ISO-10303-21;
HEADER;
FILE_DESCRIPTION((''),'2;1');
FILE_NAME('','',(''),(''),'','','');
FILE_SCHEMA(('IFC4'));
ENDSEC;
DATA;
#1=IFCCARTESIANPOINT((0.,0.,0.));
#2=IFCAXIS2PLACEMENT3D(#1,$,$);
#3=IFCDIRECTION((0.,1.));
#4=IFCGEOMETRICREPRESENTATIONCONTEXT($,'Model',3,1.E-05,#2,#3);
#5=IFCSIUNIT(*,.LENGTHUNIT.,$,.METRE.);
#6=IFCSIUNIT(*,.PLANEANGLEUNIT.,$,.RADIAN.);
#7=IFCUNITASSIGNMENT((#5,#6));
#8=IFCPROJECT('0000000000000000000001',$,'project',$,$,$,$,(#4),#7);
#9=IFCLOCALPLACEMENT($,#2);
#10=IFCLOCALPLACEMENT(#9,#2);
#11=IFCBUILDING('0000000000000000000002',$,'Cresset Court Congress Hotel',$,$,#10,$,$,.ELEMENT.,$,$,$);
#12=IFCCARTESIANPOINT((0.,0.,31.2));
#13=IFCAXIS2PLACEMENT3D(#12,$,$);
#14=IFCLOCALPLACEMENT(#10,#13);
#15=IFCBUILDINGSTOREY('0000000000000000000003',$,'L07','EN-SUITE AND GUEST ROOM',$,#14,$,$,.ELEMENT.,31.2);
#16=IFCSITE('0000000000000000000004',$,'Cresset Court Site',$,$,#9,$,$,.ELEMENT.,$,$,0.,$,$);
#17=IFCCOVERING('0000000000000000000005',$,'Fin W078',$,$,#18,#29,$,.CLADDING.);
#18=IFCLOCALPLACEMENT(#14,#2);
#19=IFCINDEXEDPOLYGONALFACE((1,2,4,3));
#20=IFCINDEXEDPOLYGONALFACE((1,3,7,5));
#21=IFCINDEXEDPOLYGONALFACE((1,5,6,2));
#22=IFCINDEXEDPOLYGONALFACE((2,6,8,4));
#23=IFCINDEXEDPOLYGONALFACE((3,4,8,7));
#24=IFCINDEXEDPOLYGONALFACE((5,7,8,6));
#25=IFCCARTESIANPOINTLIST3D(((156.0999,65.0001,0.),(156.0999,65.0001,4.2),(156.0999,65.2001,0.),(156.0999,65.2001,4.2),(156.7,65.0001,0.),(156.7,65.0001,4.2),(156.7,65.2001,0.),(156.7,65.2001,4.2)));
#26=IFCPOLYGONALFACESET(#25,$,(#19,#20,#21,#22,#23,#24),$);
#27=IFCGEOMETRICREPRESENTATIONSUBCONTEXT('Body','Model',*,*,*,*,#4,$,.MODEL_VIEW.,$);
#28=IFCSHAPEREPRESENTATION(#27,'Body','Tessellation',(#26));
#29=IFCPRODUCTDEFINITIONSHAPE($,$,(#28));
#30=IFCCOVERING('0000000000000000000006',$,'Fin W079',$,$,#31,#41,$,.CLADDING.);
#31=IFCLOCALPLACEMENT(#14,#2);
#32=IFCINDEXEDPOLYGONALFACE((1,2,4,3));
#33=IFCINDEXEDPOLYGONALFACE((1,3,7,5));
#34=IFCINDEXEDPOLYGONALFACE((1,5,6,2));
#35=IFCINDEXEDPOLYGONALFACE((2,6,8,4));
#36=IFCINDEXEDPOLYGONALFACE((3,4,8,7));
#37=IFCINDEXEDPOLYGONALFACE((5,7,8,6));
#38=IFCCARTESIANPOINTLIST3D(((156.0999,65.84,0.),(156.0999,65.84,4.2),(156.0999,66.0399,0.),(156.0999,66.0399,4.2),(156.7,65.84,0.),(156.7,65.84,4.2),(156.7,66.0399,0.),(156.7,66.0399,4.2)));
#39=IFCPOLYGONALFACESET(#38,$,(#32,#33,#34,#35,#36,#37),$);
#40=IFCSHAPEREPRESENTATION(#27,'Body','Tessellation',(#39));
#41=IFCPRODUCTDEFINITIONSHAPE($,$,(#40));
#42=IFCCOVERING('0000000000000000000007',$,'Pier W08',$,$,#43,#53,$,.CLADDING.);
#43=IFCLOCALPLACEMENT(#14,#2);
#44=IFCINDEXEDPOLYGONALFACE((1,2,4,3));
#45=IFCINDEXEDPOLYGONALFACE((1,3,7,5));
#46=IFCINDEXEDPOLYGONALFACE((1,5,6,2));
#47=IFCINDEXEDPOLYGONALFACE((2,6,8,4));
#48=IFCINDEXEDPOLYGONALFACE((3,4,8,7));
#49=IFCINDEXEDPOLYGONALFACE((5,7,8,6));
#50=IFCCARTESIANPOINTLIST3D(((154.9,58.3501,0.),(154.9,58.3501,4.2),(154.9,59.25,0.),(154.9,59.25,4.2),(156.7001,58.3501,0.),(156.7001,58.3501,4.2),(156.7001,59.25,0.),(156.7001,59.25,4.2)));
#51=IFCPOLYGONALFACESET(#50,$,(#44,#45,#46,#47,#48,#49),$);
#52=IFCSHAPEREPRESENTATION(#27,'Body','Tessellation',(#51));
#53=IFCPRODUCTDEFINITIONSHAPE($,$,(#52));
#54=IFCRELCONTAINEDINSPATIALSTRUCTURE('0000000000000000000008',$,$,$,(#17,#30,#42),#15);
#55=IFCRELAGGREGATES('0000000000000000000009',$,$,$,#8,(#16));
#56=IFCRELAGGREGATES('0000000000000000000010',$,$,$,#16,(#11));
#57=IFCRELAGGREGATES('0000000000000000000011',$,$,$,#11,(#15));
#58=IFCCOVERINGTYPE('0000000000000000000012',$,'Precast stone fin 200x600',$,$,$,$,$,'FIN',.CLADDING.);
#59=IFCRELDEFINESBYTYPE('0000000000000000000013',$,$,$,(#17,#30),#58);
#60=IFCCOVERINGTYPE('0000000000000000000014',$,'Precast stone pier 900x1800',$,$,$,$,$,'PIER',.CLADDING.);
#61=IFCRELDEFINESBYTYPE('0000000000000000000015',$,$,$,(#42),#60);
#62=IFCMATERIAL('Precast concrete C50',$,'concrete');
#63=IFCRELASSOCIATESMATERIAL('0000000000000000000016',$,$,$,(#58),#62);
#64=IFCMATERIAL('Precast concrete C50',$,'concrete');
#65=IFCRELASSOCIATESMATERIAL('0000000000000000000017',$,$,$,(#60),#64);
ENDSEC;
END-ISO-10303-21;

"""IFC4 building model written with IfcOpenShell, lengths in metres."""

from ifc_helpers import new_model, si_unit, direction, frame, origin, origin_2d, place, context, subcontext, project, spatial, rectangle, extrude, material, type_object, element, save


model = new_model("IFC4")

# Units and contexts
model_context = context("Model", 3, precision=1e-05, world=origin(), true_north=direction((0.0, 1.0)))
body_context = subcontext(model_context, "Body", "Model", "MODEL_VIEW")
ifc_project = project(units=[si_unit("LENGTHUNIT", "METRE"), si_unit("PLANEANGLEUNIT", "RADIAN")], contexts=[model_context])

# Site, building, storey
site_placement = place(None, origin())
site = spatial("IfcSite", under=ifc_project, at=site_placement, Name="Cresset Court Site", CompositionType="ELEMENT", RefElevation=0.0)
building_placement = place(site_placement, origin())
building = spatial("IfcBuilding", under=site, at=building_placement, Name="Cresset Court Congress Hotel", CompositionType="ELEMENT")
storey_placement = place(building_placement, frame((0.0, 0.0, 31.2)))
storey = spatial("IfcBuildingStorey", under=building, at=storey_placement, Name="L07", Description="EN-SUITE AND GUEST ROOM", CompositionType="ELEMENT", Elevation=31.2)

# Coverings
ifc_material_1 = material(Name="Precast concrete C50", Category="concrete")
covering_type_1 = type_object("IfcCoveringType", Name="Precast stone fin 200x600", ElementType="FIN", PredefinedType="CLADDING", material=ifc_material_1)
for number, where, z_axis, x_axis, name in (
    (1, (156.3999, 65.1001, 0.0), (0.0, 0.0, 1.0), (1.0, 0.0, 0.0), "Fin W078"),
    (2, (156.3999, 65.9399, 0.0), (0.0, 0.0, 1.0), (1.0, 0.0, 0.0), "Fin W079"),
):
    element("IfcCovering", number, at=place(storey_placement, frame(where, z_axis=z_axis, x_axis=x_axis)), inside=storey, type_object=covering_type_1, Name=name, PredefinedType="CLADDING", context=body_context, shape_type="SweptSolid", body=[
        extrude(rectangle(XDim=0.6001, YDim=0.2, at=origin_2d()), origin(), (0.0, 0.0, 1.0), 4.2),
    ])
ifc_material_2 = material(Name="Precast concrete C50", Category="concrete")
covering_type_2 = type_object("IfcCoveringType", Name="Precast stone pier 900x1800", ElementType="PIER", PredefinedType="CLADDING", material=ifc_material_2)
covering_placement = place(storey_placement, frame((155.8, 58.8, 0.0), z_axis=(0.0, 0.0, 1.0), x_axis=(1.0, 0.0, 0.0)))
element("IfcCovering", 3, at=covering_placement, inside=storey, type_object=covering_type_2, Name="Pier W08", PredefinedType="CLADDING", context=body_context, shape_type="SweptSolid", body=[
    extrude(rectangle(XDim=1.8, YDim=0.8999, at=origin_2d()), origin(), (0.0, 0.0, 1.0), 4.2),
])

save(model, "model.ifc")
